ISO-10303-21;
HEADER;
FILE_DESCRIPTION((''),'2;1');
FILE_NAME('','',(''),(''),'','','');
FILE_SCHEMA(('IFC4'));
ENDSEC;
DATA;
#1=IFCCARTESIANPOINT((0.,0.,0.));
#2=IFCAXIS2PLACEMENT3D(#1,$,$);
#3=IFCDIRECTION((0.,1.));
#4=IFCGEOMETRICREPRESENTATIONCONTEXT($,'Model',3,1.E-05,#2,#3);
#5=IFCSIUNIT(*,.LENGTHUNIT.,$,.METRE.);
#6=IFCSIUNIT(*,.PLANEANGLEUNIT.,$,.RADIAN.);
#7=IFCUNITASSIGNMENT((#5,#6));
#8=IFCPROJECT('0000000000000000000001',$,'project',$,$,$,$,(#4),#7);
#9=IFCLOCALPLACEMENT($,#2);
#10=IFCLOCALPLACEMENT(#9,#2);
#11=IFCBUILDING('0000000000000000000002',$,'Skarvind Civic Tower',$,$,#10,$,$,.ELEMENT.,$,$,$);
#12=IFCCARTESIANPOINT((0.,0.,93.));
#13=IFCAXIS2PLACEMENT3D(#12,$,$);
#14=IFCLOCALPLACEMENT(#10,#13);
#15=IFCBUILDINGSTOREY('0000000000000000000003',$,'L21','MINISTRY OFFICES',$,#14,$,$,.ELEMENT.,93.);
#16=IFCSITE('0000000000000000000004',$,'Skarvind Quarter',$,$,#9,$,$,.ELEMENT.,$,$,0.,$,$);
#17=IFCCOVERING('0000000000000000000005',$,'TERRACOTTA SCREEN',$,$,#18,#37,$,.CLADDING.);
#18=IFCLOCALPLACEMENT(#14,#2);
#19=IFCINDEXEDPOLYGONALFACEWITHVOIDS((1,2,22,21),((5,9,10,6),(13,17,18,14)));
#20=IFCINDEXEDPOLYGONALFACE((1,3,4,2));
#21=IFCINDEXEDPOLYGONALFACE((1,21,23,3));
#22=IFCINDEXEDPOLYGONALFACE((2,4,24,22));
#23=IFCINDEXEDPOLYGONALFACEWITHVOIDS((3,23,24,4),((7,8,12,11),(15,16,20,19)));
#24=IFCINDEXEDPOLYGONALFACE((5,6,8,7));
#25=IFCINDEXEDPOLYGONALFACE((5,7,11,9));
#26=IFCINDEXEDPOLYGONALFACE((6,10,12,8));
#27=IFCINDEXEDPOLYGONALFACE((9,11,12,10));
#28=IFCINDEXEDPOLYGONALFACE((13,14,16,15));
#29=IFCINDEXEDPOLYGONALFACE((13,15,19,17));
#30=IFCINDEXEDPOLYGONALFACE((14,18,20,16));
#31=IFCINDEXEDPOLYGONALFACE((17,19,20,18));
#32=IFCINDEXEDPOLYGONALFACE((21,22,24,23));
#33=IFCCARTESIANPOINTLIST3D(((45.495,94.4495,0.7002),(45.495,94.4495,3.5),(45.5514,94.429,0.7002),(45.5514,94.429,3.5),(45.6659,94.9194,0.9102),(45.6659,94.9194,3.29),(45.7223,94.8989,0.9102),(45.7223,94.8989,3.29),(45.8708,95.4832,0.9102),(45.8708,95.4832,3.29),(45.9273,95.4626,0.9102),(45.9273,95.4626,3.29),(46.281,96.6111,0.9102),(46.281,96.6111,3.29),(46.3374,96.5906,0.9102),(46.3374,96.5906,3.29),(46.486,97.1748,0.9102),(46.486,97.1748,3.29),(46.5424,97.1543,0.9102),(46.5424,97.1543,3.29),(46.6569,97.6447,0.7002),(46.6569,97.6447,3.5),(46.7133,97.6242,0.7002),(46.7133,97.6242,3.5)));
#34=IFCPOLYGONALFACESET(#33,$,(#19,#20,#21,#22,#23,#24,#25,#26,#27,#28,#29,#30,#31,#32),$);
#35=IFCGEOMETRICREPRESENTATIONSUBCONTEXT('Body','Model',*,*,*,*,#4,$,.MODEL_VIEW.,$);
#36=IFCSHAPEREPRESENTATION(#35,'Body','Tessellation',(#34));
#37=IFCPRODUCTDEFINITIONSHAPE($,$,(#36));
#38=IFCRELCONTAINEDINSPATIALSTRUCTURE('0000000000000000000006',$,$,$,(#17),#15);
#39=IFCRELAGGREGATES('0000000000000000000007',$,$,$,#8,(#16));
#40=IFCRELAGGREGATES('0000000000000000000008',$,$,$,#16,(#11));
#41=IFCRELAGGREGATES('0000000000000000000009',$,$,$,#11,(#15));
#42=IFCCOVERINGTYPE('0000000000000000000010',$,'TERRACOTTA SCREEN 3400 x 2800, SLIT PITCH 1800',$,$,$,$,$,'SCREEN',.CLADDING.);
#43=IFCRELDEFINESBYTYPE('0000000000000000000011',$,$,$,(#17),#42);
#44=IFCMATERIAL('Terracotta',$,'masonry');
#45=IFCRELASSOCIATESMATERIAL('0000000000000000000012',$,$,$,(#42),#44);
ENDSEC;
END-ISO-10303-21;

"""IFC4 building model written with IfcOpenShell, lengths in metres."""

from ifc_helpers import new_model, si_unit, direction, frame, origin, place, context, subcontext, project, spatial, polyline, outline, extrude, material, material_profile, profile_set, type_object, element, save


model = new_model("IFC4")

# Units and contexts
model_context = context("Model", 3, precision=1e-05, world=origin(), true_north=direction((0.0, 1.0)))
body_context = subcontext(model_context, "Body", "Model", "MODEL_VIEW")
ifc_project = project(units=[si_unit("LENGTHUNIT", "METRE"), si_unit("PLANEANGLEUNIT", "RADIAN")], contexts=[model_context])

# Site, building, storey
site_placement = place(None, origin())
site = spatial("IfcSite", under=ifc_project, at=site_placement, Name="Skarvind Quarter", CompositionType="ELEMENT", RefElevation=0.0)
building_placement = place(site_placement, origin())
building = spatial("IfcBuilding", under=site, at=building_placement, Name="Skarvind Civic Tower", CompositionType="ELEMENT")
storey_placement = place(building_placement, frame((0.0, 0.0, 93.0)))
storey = spatial("IfcBuildingStorey", under=building, at=storey_placement, Name="L21", Description="MINISTRY OFFICES", CompositionType="ELEMENT", Elevation=93.0)

# Covering
ifc_material_1 = material(Name="Terracotta", Category="masonry")
ifc_material_profile_1 = material_profile(ifc_material_1, outline(polyline([(-1.7, -1.3999), (1.7, -1.3999), (1.7, 1.3999), (-1.7, 1.3999), (-1.7, -1.3999)]), holes=[polyline([(-1.2, -1.1899), (-0.6001, -1.1899), (-0.6001, 1.1899), (-1.2, 1.1899), (-1.2, -1.1899)]), polyline([(0.6001, -1.1899), (1.2, -1.1899), (1.2, 1.1899), (0.6001, 1.1899), (0.6001, -1.1899)])]), Name="TERRACOTTA SCREEN 3400 x 2800, SLIT PITCH 1800")
ifc_profile_set_1 = profile_set([ifc_material_profile_1], Name="Terracotta")
covering_type = type_object("IfcCoveringType", Name="TERRACOTTA SCREEN 3400 x 2800, SLIT PITCH 1800", ElementType="SCREEN", PredefinedType="CLADDING", material=ifc_profile_set_1)
covering_placement = place(storey_placement, frame((46.0759, 96.0471, 2.1001), z_axis=(0.939793, -0.341743, 0.0), x_axis=(0.341743, 0.939793, 0.0)))
element("IfcCovering", 1, at=covering_placement, inside=storey, type_object=covering_type, Name="TERRACOTTA SCREEN", PredefinedType="CLADDING", context=body_context, shape_type="SweptSolid", body=[
    extrude(outline(polyline([(-1.7, -1.3999), (1.7, -1.3999), (1.7, 1.3999), (-1.7, 1.3999), (-1.7, -1.3999)]), holes=[polyline([(-1.2, -1.1899), (-0.6001, -1.1899), (-0.6001, 1.1899), (-1.2, 1.1899), (-1.2, -1.1899)]), polyline([(0.6001, -1.1899), (1.2, -1.1899), (1.2, 1.1899), (0.6001, 1.1899), (0.6001, -1.1899)])]), origin(), (0.0, 0.0, 1.0), 0.0601),
])

save(model, "model.ifc")
